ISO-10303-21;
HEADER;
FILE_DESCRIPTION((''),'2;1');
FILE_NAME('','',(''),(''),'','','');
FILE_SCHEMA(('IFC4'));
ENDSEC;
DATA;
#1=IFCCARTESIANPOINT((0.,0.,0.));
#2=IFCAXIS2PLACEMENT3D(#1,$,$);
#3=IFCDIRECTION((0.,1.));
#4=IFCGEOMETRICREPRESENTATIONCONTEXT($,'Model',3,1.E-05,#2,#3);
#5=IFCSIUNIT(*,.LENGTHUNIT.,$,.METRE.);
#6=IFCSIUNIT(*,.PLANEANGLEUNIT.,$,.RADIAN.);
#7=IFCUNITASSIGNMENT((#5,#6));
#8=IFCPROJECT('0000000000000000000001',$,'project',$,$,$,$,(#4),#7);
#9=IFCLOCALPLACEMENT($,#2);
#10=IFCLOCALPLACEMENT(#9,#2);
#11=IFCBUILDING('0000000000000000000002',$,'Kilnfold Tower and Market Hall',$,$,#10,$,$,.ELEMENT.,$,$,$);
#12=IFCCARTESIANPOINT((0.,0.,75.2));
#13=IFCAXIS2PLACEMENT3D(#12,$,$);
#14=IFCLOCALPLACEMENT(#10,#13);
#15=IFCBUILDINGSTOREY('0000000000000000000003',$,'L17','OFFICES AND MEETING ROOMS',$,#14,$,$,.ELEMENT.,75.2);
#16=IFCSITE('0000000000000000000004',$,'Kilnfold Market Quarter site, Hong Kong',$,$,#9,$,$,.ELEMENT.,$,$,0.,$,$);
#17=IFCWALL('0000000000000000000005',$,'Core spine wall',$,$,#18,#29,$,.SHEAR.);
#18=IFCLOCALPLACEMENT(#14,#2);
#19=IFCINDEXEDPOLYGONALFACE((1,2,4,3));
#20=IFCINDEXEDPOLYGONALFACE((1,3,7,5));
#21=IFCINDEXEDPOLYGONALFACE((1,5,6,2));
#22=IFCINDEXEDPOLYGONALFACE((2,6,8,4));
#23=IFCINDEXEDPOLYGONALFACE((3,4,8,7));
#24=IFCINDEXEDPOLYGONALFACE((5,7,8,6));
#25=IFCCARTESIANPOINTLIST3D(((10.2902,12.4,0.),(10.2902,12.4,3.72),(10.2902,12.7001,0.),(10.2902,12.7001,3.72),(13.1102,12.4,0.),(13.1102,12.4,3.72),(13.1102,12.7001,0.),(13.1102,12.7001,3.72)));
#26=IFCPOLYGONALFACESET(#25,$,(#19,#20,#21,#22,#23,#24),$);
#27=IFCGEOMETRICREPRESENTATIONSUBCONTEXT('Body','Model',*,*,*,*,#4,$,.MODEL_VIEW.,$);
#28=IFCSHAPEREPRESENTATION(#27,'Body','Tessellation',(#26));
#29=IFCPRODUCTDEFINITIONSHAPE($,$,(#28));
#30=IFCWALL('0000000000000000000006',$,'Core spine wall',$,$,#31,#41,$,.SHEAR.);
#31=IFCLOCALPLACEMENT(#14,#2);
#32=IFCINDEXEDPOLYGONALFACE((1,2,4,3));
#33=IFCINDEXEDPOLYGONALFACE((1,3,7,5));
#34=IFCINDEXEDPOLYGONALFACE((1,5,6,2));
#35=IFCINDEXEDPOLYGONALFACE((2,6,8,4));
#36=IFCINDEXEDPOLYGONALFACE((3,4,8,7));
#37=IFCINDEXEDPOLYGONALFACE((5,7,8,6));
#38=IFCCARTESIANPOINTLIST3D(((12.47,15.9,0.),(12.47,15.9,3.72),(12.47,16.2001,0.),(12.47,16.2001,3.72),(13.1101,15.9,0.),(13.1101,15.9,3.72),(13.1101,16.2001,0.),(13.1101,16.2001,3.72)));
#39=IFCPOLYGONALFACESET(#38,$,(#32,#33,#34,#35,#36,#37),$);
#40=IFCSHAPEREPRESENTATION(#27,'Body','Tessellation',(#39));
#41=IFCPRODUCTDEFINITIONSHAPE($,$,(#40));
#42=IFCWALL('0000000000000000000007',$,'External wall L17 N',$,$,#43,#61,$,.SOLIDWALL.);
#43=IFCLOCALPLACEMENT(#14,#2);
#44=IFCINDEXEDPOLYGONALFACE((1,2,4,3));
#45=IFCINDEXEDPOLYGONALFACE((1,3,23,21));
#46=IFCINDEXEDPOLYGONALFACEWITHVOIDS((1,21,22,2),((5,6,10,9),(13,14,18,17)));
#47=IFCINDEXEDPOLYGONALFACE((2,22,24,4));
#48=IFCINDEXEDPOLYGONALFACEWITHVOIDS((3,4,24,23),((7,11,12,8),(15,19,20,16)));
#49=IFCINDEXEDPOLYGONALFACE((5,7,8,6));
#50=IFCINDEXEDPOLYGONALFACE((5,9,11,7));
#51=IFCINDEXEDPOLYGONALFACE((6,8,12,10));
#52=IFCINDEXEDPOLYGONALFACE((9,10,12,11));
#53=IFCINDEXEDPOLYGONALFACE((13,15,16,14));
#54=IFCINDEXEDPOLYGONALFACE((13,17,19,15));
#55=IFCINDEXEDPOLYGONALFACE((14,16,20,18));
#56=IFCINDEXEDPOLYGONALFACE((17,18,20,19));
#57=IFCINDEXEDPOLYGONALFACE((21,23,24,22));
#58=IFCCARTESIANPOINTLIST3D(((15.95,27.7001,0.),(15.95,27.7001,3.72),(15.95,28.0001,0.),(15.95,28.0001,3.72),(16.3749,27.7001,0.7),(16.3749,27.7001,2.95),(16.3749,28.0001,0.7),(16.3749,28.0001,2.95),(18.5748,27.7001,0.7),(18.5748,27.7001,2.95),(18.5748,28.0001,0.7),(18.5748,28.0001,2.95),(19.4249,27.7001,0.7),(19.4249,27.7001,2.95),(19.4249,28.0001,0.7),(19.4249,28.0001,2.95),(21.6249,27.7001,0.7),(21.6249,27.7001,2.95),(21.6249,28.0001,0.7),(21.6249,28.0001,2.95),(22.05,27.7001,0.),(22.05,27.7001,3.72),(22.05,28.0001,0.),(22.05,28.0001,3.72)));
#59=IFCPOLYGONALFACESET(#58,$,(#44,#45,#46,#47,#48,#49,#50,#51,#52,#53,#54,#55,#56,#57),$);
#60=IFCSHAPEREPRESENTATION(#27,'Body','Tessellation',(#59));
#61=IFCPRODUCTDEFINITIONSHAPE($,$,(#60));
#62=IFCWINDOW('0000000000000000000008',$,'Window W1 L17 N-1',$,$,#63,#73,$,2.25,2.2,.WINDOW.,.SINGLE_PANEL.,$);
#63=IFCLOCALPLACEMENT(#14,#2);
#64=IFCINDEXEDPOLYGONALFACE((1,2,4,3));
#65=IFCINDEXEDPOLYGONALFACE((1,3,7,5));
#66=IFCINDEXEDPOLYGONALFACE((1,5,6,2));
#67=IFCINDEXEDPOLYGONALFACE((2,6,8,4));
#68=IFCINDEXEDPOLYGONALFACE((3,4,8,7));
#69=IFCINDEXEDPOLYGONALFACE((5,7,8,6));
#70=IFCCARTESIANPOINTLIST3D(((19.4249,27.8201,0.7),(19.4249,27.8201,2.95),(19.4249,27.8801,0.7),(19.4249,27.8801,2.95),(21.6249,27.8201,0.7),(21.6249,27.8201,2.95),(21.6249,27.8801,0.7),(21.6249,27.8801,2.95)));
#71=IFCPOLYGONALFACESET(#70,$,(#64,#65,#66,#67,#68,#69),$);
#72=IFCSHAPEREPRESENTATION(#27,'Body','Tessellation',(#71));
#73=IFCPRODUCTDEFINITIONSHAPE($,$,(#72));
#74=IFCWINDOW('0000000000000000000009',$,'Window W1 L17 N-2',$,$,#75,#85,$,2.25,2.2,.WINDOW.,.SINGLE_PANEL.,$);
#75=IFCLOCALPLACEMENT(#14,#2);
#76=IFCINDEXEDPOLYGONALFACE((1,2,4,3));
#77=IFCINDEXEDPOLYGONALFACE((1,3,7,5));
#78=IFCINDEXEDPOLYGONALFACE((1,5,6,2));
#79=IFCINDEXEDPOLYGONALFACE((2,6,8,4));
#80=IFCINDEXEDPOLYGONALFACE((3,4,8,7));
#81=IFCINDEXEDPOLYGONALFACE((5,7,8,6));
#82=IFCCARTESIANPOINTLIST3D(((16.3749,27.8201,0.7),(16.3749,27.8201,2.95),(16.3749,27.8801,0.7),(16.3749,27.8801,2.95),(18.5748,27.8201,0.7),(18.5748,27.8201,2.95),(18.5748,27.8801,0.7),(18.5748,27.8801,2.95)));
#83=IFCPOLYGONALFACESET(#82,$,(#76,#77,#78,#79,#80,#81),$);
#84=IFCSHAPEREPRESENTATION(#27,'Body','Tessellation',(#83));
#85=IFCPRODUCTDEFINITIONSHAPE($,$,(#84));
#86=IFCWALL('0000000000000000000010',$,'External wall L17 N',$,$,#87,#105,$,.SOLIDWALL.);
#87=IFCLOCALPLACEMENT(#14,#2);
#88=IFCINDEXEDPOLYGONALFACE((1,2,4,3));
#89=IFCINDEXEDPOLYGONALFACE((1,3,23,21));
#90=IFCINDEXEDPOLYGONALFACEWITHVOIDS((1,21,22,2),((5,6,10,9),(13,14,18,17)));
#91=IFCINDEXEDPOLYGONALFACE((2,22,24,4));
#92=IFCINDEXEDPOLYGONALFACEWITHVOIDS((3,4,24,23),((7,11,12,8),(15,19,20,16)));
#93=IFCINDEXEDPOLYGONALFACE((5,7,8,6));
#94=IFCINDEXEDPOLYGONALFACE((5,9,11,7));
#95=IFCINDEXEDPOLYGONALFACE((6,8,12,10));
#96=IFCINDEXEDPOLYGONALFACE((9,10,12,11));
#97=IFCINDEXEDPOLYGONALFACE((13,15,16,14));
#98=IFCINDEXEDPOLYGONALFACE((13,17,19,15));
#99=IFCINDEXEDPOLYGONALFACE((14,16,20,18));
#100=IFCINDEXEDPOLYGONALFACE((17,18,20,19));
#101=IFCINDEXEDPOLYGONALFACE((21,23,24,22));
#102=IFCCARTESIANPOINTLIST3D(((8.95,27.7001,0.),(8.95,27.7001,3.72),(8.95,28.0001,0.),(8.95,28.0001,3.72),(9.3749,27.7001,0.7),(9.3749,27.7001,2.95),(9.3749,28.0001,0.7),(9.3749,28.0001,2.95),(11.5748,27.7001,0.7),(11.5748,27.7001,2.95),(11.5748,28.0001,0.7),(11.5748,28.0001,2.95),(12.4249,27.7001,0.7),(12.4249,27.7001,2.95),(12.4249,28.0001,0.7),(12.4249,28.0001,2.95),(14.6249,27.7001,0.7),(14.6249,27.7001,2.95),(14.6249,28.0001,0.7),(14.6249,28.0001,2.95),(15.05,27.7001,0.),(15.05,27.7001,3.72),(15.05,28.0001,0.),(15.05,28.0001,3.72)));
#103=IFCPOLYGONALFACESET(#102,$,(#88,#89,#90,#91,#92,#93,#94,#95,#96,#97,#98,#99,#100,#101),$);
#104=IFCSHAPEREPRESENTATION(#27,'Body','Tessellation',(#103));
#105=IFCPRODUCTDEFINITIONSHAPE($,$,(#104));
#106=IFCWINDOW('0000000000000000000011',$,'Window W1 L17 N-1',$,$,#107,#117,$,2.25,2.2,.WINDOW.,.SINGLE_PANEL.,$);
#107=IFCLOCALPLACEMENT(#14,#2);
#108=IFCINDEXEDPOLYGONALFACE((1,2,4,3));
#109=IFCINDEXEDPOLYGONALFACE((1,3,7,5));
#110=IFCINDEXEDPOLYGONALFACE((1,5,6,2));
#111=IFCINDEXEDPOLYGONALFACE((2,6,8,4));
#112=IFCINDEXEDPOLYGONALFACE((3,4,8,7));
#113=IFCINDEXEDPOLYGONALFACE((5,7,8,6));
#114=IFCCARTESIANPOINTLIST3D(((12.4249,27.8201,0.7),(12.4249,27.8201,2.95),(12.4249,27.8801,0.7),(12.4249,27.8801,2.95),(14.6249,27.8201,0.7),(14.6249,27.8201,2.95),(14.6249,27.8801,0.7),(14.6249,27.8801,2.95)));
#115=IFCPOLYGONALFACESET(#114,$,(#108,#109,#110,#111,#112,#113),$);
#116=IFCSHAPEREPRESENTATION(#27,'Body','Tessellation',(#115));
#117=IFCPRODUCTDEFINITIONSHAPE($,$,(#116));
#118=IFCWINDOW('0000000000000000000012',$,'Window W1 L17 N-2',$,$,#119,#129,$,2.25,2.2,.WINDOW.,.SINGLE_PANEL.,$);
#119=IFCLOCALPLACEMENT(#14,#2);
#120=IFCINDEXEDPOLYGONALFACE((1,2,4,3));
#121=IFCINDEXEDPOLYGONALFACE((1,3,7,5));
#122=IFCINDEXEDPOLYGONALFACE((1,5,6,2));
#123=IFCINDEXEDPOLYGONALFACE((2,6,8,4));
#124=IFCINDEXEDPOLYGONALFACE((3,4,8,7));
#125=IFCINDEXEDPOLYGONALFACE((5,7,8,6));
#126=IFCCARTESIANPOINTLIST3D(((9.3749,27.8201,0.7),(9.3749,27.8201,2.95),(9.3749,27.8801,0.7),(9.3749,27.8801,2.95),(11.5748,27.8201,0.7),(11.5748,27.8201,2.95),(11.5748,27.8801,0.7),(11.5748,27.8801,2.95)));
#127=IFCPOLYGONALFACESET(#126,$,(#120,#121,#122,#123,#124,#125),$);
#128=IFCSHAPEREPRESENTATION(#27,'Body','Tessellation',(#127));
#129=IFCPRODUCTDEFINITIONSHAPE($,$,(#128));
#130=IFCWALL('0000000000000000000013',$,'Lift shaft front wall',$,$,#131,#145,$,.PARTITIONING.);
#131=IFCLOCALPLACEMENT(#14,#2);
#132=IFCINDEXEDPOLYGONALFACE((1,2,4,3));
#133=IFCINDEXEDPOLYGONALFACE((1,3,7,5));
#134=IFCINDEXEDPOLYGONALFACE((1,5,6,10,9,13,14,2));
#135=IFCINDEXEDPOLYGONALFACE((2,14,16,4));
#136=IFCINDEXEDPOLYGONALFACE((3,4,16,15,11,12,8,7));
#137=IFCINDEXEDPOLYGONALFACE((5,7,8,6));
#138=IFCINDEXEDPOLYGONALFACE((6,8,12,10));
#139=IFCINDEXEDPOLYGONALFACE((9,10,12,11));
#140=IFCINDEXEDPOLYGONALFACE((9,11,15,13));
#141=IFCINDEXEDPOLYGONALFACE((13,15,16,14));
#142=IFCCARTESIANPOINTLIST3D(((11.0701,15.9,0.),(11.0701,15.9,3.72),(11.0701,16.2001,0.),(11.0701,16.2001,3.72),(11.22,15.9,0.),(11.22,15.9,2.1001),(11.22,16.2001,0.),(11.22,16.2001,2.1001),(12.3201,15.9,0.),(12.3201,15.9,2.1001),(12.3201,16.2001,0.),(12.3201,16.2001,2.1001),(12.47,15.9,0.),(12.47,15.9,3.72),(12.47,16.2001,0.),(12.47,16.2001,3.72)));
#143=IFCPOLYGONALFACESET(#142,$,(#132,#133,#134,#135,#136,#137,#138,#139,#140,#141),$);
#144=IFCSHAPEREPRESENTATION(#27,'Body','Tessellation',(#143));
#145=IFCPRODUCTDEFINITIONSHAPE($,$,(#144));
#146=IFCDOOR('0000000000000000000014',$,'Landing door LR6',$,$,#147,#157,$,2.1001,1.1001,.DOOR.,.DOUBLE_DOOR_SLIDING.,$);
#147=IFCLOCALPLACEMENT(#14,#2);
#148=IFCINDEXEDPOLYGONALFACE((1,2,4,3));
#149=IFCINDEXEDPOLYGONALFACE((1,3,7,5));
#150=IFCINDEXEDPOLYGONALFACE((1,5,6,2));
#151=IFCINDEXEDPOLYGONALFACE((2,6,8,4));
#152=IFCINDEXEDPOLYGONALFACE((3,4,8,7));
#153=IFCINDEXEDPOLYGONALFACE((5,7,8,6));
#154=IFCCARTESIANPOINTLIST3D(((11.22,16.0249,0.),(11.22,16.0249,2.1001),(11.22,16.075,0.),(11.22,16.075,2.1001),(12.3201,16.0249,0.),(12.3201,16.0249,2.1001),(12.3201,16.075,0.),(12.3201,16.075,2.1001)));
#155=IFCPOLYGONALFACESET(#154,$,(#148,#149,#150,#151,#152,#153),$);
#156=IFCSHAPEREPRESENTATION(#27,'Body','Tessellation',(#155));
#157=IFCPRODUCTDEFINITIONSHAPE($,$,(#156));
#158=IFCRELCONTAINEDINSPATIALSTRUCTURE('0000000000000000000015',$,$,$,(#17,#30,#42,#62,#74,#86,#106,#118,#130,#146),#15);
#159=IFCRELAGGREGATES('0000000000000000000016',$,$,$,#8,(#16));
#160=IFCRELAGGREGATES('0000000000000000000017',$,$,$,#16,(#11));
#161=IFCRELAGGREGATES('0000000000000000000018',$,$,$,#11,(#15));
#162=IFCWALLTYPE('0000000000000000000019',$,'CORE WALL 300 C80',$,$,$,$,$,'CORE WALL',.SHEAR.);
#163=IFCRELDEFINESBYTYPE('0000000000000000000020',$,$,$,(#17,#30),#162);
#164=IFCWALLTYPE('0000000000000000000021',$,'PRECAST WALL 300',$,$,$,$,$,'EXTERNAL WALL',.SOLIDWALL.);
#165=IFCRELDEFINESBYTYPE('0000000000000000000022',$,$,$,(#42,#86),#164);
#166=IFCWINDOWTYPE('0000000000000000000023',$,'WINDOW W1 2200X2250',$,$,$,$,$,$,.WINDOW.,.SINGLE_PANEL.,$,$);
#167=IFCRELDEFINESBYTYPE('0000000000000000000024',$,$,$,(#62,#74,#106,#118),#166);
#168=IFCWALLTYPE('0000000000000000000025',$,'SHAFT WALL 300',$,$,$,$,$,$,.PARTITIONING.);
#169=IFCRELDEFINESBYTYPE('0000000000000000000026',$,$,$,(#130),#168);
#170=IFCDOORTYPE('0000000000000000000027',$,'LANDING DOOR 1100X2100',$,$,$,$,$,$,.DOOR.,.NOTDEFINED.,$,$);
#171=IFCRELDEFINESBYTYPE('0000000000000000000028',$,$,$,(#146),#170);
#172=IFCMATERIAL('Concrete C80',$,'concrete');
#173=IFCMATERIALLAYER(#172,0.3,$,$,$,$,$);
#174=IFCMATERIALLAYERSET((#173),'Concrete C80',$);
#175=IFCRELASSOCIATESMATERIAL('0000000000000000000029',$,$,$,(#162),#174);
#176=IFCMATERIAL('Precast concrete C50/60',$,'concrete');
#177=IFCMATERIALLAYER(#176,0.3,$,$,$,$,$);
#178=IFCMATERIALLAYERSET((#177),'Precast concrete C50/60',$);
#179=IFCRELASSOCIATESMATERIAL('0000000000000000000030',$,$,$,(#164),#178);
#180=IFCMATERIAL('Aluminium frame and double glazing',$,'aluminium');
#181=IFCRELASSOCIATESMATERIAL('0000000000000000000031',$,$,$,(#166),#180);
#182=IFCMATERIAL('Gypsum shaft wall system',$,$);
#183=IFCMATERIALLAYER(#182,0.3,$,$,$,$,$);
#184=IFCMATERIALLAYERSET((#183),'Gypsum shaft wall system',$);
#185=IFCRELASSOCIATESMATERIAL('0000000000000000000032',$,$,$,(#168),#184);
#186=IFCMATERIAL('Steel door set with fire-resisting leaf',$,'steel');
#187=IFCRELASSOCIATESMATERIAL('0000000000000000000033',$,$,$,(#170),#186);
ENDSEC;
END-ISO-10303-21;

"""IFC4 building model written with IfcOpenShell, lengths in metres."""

from ifc_helpers import new_model, si_unit, direction, frame, frame_2d, origin, place, context, subcontext, project, spatial, rectangle, extrude, source, transform, mapped, material, layer, layer_set, type_object, element, fill, save


model = new_model("IFC4")

# Units and contexts
model_context = context("Model", 3, precision=1e-05, world=origin(), true_north=direction((0.0, 1.0)))
body_context = subcontext(model_context, "Body", "Model", "MODEL_VIEW")
ifc_project = project(units=[si_unit("LENGTHUNIT", "METRE"), si_unit("PLANEANGLEUNIT", "RADIAN")], contexts=[model_context])

# Site, building, storey
site_placement = place(None, origin())
site = spatial("IfcSite", under=ifc_project, at=site_placement, Name="Kilnfold Market Quarter site, Hong Kong", CompositionType="ELEMENT", RefElevation=0.0)
building_placement = place(site_placement, origin())
building = spatial("IfcBuilding", under=site, at=building_placement, Name="Kilnfold Tower and Market Hall", CompositionType="ELEMENT")
storey_placement = place(building_placement, frame((0.0, 0.0, 75.2)))
storey = spatial("IfcBuildingStorey", under=building, at=storey_placement, Name="L17", Description="OFFICES AND MEETING ROOMS", CompositionType="ELEMENT", Elevation=75.2)

# Walls
ifc_material_1 = material(Name="Concrete C80", Category="concrete")
ifc_layer_1 = layer(ifc_material_1, 0.3)
ifc_layer_set_1 = layer_set([ifc_layer_1], Name="Concrete C80")
wall_type_1 = type_object("IfcWallType", Name="CORE WALL 300 C80", ElementType="CORE WALL", PredefinedType="SHEAR", material=ifc_layer_set_1)
shared_shape_1 = source(origin(), body_context, "Body", "SweptSolid", [
    extrude(rectangle(XDim=2.8201, YDim=0.3, at=frame_2d((1.4102, 0.0))), origin(), (0.0, 0.0, 1.0), 3.72),
])
wall_1_placement = place(storey_placement, frame((10.29, 12.55, 0.0), z_axis=(0.0, 0.0, 1.0), x_axis=(1.0, 0.0, 0.0)))
element("IfcWall", 1, at=wall_1_placement, inside=storey, type_object=wall_type_1, Name="Core spine wall", PredefinedType="SHEAR", context=body_context, shape_type="MappedRepresentation", body=[
    mapped(shared_shape_1, transform((0.0, 0.0, 0.0))),
])
shared_shape_2 = source(origin(), body_context, "Body", "SweptSolid", [
    extrude(rectangle(XDim=0.6401, YDim=0.3, at=frame_2d((0.3201, 0.0))), origin(), (0.0, 0.0, 1.0), 3.72),
])
wall_2_placement = place(storey_placement, frame((12.47, 16.05, 0.0), z_axis=(0.0, 0.0, 1.0), x_axis=(1.0, 0.0, 0.0)))
element("IfcWall", 2, at=wall_2_placement, inside=storey, type_object=wall_type_1, Name="Core spine wall", PredefinedType="SHEAR", context=body_context, shape_type="MappedRepresentation", body=[
    mapped(shared_shape_2, transform((0.0, 0.0, 0.0))),
])

# Walls, openings, windows
ifc_material_2 = material(Name="Precast concrete C50/60", Category="concrete")
ifc_layer_2 = layer(ifc_material_2, 0.3)
ifc_layer_set_2 = layer_set([ifc_layer_2], Name="Precast concrete C50/60")
wall_type_2 = type_object("IfcWallType", Name="PRECAST WALL 300", ElementType="EXTERNAL WALL", PredefinedType="SOLIDWALL", material=ifc_layer_set_2)
shared_shape_3 = source(origin(), body_context, "Body", "SweptSolid", [
    extrude(rectangle(XDim=6.1001, YDim=0.3, at=frame_2d((3.05, 0.0))), origin(), (0.0, 0.0, 1.0), 3.72),
])
wall_3_placement = place(storey_placement, frame((22.05, 27.8501, 0.0), z_axis=(0.0, 0.0, 1.0), x_axis=(-1.0, 0.0, 0.0)))
wall_3 = element("IfcWall", 3, at=wall_3_placement, inside=storey, type_object=wall_type_2, Name="External wall L17 N", PredefinedType="SOLIDWALL", context=body_context, shape_type="MappedRepresentation", body=[
    mapped(shared_shape_3, transform((0.0, 0.0, 0.0))),
])
opening_1_placement = place(wall_3_placement, frame((0.425, 0.0, 0.7)))
opening_1 = element("IfcOpeningElement", 4, at=opening_1_placement, cuts=wall_3, PredefinedType="OPENING", context=body_context, shape_type="SweptSolid", body=[
    extrude(rectangle(XDim=2.2, YDim=2.25, at=frame_2d((1.1001, 1.125))), frame((0.0, 0.1602, 0.0), z_axis=(0.0, -1.0, 0.0), x_axis=(1.0, 0.0, 0.0)), (0.0, 0.0, 1.0), 0.3201),
])
opening_2_placement = place(wall_3_placement, frame((3.4751, 0.0, 0.7)))
opening_2 = element("IfcOpeningElement", 5, at=opening_2_placement, cuts=wall_3, PredefinedType="OPENING", context=body_context, shape_type="SweptSolid", body=[
    extrude(rectangle(XDim=2.2, YDim=2.25, at=frame_2d((1.1001, 1.125))), frame((0.0, 0.1602, 0.0), z_axis=(0.0, -1.0, 0.0), x_axis=(1.0, 0.0, 0.0)), (0.0, 0.0, 1.0), 0.3201),
])
ifc_material_3 = material(Name="Aluminium frame and double glazing", Category="aluminium")
window_type = type_object("IfcWindowType", Name="WINDOW W1 2200X2250", PartitioningType="SINGLE_PANEL", PredefinedType="WINDOW", material=ifc_material_3)
window_1_placement = place(opening_1_placement, origin())
window_1 = element("IfcWindow", 6, at=window_1_placement, inside=storey, type_object=window_type, Name="Window W1 L17 N-1", OverallHeight=2.25, OverallWidth=2.2, PartitioningType="SINGLE_PANEL", PredefinedType="WINDOW", context=body_context, shape_type="SweptSolid", body=[
    extrude(rectangle(XDim=2.2, YDim=2.25, at=frame_2d((1.1001, 1.125))), frame((0.0, 0.03, 0.0), z_axis=(0.0, -1.0, 0.0), x_axis=(1.0, 0.0, 0.0)), (0.0, 0.0, 1.0), 0.0601),
])
fill(opening_1, window_1)
window_2_placement = place(opening_2_placement, origin())
window_2 = element("IfcWindow", 7, at=window_2_placement, inside=storey, type_object=window_type, Name="Window W1 L17 N-2", OverallHeight=2.25, OverallWidth=2.2, PartitioningType="SINGLE_PANEL", PredefinedType="WINDOW", context=body_context, shape_type="SweptSolid", body=[
    extrude(rectangle(XDim=2.2, YDim=2.25, at=frame_2d((1.1001, 1.125))), frame((0.0, 0.03, 0.0), z_axis=(0.0, -1.0, 0.0), x_axis=(1.0, 0.0, 0.0)), (0.0, 0.0, 1.0), 0.0601),
])
fill(opening_2, window_2)
wall_4_placement = place(storey_placement, frame((15.05, 27.8501, 0.0), z_axis=(0.0, 0.0, 1.0), x_axis=(-1.0, 0.0, 0.0)))
wall_4 = element("IfcWall", 8, at=wall_4_placement, inside=storey, type_object=wall_type_2, Name="External wall L17 N", PredefinedType="SOLIDWALL", context=body_context, shape_type="MappedRepresentation", body=[
    mapped(shared_shape_3, transform((0.0, 0.0, 0.0))),
])
opening_3_placement = place(wall_4_placement, frame((0.425, 0.0, 0.7)))
opening_3 = element("IfcOpeningElement", 9, at=opening_3_placement, cuts=wall_4, PredefinedType="OPENING", context=body_context, shape_type="SweptSolid", body=[
    extrude(rectangle(XDim=2.2, YDim=2.25, at=frame_2d((1.1001, 1.125))), frame((0.0, 0.1602, 0.0), z_axis=(0.0, -1.0, 0.0), x_axis=(1.0, 0.0, 0.0)), (0.0, 0.0, 1.0), 0.3201),
])
opening_4_placement = place(wall_4_placement, frame((3.4751, 0.0, 0.7)))
opening_4 = element("IfcOpeningElement", 10, at=opening_4_placement, cuts=wall_4, PredefinedType="OPENING", context=body_context, shape_type="SweptSolid", body=[
    extrude(rectangle(XDim=2.2, YDim=2.25, at=frame_2d((1.1001, 1.125))), frame((0.0, 0.1602, 0.0), z_axis=(0.0, -1.0, 0.0), x_axis=(1.0, 0.0, 0.0)), (0.0, 0.0, 1.0), 0.3201),
])
window_3_placement = place(opening_3_placement, origin())
window_3 = element("IfcWindow", 11, at=window_3_placement, inside=storey, type_object=window_type, Name="Window W1 L17 N-1", OverallHeight=2.25, OverallWidth=2.2, PartitioningType="SINGLE_PANEL", PredefinedType="WINDOW", context=body_context, shape_type="SweptSolid", body=[
    extrude(rectangle(XDim=2.2, YDim=2.25, at=frame_2d((1.1001, 1.125))), frame((0.0, 0.03, 0.0), z_axis=(0.0, -1.0, 0.0), x_axis=(1.0, 0.0, 0.0)), (0.0, 0.0, 1.0), 0.0601),
])
fill(opening_3, window_3)
window_4_placement = place(opening_4_placement, origin())
window_4 = element("IfcWindow", 12, at=window_4_placement, inside=storey, type_object=window_type, Name="Window W1 L17 N-2", OverallHeight=2.25, OverallWidth=2.2, PartitioningType="SINGLE_PANEL", PredefinedType="WINDOW", context=body_context, shape_type="SweptSolid", body=[
    extrude(rectangle(XDim=2.2, YDim=2.25, at=frame_2d((1.1001, 1.125))), frame((0.0, 0.03, 0.0), z_axis=(0.0, -1.0, 0.0), x_axis=(1.0, 0.0, 0.0)), (0.0, 0.0, 1.0), 0.0601),
])
fill(opening_4, window_4)

# Wall, opening, door
ifc_material_4 = material(Name="Gypsum shaft wall system")
ifc_layer_3 = layer(ifc_material_4, 0.3)
ifc_layer_set_3 = layer_set([ifc_layer_3], Name="Gypsum shaft wall system")
wall_type_3 = type_object("IfcWallType", Name="SHAFT WALL 300", PredefinedType="PARTITIONING", material=ifc_layer_set_3)
shared_shape_4 = source(origin(), body_context, "Body", "SweptSolid", [
    extrude(rectangle(XDim=1.3999, YDim=0.3, at=frame_2d((0.7, 0.0))), origin(), (0.0, 0.0, 1.0), 3.72),
])
wall_5_placement = place(storey_placement, frame((11.0701, 16.05, 0.0), z_axis=(0.0, 0.0, 1.0), x_axis=(1.0, 0.0, 0.0)))
wall_5 = element("IfcWall", 13, at=wall_5_placement, inside=storey, type_object=wall_type_3, Name="Lift shaft front wall", PredefinedType="PARTITIONING", context=body_context, shape_type="MappedRepresentation", body=[
    mapped(shared_shape_4, transform((0.0, 0.0, 0.0))),
])
opening_5_placement = place(wall_5_placement, frame((0.1499, 0.0, 0.0)))
opening_5 = element("IfcOpeningElement", 14, at=opening_5_placement, cuts=wall_5, PredefinedType="OPENING", context=body_context, shape_type="SweptSolid", body=[
    extrude(rectangle(XDim=1.1001, YDim=2.1001, at=frame_2d((0.55, 1.05))), frame((0.0, 0.1602, 0.0), z_axis=(0.0, -1.0, 0.0), x_axis=(1.0, 0.0, 0.0)), (0.0, 0.0, 1.0), 0.3201),
])
ifc_material_5 = material(Name="Steel door set with fire-resisting leaf", Category="steel")
door_type_1 = type_object("IfcDoorType", Name="LANDING DOOR 1100X2100", OperationType="NOTDEFINED", PredefinedType="DOOR", material=ifc_material_5)
door_1_placement = place(opening_5_placement, origin())
door_1 = element("IfcDoor", 15, at=door_1_placement, inside=storey, type_object=door_type_1, Name="Landing door LR6", OperationType="DOUBLE_DOOR_SLIDING", OverallHeight=2.1001, OverallWidth=1.1001, PredefinedType="DOOR", context=body_context, shape_type="SweptSolid", body=[
    extrude(rectangle(XDim=1.1001, YDim=2.1001, at=frame_2d((0.55, 1.05))), frame((0.0, 0.0249, 0.0), z_axis=(0.0, -1.0, 0.0), x_axis=(1.0, 0.0, 0.0)), (0.0, 0.0, 1.0), 0.05),
])
fill(opening_5, door_1)

save(model, "model.ifc")
